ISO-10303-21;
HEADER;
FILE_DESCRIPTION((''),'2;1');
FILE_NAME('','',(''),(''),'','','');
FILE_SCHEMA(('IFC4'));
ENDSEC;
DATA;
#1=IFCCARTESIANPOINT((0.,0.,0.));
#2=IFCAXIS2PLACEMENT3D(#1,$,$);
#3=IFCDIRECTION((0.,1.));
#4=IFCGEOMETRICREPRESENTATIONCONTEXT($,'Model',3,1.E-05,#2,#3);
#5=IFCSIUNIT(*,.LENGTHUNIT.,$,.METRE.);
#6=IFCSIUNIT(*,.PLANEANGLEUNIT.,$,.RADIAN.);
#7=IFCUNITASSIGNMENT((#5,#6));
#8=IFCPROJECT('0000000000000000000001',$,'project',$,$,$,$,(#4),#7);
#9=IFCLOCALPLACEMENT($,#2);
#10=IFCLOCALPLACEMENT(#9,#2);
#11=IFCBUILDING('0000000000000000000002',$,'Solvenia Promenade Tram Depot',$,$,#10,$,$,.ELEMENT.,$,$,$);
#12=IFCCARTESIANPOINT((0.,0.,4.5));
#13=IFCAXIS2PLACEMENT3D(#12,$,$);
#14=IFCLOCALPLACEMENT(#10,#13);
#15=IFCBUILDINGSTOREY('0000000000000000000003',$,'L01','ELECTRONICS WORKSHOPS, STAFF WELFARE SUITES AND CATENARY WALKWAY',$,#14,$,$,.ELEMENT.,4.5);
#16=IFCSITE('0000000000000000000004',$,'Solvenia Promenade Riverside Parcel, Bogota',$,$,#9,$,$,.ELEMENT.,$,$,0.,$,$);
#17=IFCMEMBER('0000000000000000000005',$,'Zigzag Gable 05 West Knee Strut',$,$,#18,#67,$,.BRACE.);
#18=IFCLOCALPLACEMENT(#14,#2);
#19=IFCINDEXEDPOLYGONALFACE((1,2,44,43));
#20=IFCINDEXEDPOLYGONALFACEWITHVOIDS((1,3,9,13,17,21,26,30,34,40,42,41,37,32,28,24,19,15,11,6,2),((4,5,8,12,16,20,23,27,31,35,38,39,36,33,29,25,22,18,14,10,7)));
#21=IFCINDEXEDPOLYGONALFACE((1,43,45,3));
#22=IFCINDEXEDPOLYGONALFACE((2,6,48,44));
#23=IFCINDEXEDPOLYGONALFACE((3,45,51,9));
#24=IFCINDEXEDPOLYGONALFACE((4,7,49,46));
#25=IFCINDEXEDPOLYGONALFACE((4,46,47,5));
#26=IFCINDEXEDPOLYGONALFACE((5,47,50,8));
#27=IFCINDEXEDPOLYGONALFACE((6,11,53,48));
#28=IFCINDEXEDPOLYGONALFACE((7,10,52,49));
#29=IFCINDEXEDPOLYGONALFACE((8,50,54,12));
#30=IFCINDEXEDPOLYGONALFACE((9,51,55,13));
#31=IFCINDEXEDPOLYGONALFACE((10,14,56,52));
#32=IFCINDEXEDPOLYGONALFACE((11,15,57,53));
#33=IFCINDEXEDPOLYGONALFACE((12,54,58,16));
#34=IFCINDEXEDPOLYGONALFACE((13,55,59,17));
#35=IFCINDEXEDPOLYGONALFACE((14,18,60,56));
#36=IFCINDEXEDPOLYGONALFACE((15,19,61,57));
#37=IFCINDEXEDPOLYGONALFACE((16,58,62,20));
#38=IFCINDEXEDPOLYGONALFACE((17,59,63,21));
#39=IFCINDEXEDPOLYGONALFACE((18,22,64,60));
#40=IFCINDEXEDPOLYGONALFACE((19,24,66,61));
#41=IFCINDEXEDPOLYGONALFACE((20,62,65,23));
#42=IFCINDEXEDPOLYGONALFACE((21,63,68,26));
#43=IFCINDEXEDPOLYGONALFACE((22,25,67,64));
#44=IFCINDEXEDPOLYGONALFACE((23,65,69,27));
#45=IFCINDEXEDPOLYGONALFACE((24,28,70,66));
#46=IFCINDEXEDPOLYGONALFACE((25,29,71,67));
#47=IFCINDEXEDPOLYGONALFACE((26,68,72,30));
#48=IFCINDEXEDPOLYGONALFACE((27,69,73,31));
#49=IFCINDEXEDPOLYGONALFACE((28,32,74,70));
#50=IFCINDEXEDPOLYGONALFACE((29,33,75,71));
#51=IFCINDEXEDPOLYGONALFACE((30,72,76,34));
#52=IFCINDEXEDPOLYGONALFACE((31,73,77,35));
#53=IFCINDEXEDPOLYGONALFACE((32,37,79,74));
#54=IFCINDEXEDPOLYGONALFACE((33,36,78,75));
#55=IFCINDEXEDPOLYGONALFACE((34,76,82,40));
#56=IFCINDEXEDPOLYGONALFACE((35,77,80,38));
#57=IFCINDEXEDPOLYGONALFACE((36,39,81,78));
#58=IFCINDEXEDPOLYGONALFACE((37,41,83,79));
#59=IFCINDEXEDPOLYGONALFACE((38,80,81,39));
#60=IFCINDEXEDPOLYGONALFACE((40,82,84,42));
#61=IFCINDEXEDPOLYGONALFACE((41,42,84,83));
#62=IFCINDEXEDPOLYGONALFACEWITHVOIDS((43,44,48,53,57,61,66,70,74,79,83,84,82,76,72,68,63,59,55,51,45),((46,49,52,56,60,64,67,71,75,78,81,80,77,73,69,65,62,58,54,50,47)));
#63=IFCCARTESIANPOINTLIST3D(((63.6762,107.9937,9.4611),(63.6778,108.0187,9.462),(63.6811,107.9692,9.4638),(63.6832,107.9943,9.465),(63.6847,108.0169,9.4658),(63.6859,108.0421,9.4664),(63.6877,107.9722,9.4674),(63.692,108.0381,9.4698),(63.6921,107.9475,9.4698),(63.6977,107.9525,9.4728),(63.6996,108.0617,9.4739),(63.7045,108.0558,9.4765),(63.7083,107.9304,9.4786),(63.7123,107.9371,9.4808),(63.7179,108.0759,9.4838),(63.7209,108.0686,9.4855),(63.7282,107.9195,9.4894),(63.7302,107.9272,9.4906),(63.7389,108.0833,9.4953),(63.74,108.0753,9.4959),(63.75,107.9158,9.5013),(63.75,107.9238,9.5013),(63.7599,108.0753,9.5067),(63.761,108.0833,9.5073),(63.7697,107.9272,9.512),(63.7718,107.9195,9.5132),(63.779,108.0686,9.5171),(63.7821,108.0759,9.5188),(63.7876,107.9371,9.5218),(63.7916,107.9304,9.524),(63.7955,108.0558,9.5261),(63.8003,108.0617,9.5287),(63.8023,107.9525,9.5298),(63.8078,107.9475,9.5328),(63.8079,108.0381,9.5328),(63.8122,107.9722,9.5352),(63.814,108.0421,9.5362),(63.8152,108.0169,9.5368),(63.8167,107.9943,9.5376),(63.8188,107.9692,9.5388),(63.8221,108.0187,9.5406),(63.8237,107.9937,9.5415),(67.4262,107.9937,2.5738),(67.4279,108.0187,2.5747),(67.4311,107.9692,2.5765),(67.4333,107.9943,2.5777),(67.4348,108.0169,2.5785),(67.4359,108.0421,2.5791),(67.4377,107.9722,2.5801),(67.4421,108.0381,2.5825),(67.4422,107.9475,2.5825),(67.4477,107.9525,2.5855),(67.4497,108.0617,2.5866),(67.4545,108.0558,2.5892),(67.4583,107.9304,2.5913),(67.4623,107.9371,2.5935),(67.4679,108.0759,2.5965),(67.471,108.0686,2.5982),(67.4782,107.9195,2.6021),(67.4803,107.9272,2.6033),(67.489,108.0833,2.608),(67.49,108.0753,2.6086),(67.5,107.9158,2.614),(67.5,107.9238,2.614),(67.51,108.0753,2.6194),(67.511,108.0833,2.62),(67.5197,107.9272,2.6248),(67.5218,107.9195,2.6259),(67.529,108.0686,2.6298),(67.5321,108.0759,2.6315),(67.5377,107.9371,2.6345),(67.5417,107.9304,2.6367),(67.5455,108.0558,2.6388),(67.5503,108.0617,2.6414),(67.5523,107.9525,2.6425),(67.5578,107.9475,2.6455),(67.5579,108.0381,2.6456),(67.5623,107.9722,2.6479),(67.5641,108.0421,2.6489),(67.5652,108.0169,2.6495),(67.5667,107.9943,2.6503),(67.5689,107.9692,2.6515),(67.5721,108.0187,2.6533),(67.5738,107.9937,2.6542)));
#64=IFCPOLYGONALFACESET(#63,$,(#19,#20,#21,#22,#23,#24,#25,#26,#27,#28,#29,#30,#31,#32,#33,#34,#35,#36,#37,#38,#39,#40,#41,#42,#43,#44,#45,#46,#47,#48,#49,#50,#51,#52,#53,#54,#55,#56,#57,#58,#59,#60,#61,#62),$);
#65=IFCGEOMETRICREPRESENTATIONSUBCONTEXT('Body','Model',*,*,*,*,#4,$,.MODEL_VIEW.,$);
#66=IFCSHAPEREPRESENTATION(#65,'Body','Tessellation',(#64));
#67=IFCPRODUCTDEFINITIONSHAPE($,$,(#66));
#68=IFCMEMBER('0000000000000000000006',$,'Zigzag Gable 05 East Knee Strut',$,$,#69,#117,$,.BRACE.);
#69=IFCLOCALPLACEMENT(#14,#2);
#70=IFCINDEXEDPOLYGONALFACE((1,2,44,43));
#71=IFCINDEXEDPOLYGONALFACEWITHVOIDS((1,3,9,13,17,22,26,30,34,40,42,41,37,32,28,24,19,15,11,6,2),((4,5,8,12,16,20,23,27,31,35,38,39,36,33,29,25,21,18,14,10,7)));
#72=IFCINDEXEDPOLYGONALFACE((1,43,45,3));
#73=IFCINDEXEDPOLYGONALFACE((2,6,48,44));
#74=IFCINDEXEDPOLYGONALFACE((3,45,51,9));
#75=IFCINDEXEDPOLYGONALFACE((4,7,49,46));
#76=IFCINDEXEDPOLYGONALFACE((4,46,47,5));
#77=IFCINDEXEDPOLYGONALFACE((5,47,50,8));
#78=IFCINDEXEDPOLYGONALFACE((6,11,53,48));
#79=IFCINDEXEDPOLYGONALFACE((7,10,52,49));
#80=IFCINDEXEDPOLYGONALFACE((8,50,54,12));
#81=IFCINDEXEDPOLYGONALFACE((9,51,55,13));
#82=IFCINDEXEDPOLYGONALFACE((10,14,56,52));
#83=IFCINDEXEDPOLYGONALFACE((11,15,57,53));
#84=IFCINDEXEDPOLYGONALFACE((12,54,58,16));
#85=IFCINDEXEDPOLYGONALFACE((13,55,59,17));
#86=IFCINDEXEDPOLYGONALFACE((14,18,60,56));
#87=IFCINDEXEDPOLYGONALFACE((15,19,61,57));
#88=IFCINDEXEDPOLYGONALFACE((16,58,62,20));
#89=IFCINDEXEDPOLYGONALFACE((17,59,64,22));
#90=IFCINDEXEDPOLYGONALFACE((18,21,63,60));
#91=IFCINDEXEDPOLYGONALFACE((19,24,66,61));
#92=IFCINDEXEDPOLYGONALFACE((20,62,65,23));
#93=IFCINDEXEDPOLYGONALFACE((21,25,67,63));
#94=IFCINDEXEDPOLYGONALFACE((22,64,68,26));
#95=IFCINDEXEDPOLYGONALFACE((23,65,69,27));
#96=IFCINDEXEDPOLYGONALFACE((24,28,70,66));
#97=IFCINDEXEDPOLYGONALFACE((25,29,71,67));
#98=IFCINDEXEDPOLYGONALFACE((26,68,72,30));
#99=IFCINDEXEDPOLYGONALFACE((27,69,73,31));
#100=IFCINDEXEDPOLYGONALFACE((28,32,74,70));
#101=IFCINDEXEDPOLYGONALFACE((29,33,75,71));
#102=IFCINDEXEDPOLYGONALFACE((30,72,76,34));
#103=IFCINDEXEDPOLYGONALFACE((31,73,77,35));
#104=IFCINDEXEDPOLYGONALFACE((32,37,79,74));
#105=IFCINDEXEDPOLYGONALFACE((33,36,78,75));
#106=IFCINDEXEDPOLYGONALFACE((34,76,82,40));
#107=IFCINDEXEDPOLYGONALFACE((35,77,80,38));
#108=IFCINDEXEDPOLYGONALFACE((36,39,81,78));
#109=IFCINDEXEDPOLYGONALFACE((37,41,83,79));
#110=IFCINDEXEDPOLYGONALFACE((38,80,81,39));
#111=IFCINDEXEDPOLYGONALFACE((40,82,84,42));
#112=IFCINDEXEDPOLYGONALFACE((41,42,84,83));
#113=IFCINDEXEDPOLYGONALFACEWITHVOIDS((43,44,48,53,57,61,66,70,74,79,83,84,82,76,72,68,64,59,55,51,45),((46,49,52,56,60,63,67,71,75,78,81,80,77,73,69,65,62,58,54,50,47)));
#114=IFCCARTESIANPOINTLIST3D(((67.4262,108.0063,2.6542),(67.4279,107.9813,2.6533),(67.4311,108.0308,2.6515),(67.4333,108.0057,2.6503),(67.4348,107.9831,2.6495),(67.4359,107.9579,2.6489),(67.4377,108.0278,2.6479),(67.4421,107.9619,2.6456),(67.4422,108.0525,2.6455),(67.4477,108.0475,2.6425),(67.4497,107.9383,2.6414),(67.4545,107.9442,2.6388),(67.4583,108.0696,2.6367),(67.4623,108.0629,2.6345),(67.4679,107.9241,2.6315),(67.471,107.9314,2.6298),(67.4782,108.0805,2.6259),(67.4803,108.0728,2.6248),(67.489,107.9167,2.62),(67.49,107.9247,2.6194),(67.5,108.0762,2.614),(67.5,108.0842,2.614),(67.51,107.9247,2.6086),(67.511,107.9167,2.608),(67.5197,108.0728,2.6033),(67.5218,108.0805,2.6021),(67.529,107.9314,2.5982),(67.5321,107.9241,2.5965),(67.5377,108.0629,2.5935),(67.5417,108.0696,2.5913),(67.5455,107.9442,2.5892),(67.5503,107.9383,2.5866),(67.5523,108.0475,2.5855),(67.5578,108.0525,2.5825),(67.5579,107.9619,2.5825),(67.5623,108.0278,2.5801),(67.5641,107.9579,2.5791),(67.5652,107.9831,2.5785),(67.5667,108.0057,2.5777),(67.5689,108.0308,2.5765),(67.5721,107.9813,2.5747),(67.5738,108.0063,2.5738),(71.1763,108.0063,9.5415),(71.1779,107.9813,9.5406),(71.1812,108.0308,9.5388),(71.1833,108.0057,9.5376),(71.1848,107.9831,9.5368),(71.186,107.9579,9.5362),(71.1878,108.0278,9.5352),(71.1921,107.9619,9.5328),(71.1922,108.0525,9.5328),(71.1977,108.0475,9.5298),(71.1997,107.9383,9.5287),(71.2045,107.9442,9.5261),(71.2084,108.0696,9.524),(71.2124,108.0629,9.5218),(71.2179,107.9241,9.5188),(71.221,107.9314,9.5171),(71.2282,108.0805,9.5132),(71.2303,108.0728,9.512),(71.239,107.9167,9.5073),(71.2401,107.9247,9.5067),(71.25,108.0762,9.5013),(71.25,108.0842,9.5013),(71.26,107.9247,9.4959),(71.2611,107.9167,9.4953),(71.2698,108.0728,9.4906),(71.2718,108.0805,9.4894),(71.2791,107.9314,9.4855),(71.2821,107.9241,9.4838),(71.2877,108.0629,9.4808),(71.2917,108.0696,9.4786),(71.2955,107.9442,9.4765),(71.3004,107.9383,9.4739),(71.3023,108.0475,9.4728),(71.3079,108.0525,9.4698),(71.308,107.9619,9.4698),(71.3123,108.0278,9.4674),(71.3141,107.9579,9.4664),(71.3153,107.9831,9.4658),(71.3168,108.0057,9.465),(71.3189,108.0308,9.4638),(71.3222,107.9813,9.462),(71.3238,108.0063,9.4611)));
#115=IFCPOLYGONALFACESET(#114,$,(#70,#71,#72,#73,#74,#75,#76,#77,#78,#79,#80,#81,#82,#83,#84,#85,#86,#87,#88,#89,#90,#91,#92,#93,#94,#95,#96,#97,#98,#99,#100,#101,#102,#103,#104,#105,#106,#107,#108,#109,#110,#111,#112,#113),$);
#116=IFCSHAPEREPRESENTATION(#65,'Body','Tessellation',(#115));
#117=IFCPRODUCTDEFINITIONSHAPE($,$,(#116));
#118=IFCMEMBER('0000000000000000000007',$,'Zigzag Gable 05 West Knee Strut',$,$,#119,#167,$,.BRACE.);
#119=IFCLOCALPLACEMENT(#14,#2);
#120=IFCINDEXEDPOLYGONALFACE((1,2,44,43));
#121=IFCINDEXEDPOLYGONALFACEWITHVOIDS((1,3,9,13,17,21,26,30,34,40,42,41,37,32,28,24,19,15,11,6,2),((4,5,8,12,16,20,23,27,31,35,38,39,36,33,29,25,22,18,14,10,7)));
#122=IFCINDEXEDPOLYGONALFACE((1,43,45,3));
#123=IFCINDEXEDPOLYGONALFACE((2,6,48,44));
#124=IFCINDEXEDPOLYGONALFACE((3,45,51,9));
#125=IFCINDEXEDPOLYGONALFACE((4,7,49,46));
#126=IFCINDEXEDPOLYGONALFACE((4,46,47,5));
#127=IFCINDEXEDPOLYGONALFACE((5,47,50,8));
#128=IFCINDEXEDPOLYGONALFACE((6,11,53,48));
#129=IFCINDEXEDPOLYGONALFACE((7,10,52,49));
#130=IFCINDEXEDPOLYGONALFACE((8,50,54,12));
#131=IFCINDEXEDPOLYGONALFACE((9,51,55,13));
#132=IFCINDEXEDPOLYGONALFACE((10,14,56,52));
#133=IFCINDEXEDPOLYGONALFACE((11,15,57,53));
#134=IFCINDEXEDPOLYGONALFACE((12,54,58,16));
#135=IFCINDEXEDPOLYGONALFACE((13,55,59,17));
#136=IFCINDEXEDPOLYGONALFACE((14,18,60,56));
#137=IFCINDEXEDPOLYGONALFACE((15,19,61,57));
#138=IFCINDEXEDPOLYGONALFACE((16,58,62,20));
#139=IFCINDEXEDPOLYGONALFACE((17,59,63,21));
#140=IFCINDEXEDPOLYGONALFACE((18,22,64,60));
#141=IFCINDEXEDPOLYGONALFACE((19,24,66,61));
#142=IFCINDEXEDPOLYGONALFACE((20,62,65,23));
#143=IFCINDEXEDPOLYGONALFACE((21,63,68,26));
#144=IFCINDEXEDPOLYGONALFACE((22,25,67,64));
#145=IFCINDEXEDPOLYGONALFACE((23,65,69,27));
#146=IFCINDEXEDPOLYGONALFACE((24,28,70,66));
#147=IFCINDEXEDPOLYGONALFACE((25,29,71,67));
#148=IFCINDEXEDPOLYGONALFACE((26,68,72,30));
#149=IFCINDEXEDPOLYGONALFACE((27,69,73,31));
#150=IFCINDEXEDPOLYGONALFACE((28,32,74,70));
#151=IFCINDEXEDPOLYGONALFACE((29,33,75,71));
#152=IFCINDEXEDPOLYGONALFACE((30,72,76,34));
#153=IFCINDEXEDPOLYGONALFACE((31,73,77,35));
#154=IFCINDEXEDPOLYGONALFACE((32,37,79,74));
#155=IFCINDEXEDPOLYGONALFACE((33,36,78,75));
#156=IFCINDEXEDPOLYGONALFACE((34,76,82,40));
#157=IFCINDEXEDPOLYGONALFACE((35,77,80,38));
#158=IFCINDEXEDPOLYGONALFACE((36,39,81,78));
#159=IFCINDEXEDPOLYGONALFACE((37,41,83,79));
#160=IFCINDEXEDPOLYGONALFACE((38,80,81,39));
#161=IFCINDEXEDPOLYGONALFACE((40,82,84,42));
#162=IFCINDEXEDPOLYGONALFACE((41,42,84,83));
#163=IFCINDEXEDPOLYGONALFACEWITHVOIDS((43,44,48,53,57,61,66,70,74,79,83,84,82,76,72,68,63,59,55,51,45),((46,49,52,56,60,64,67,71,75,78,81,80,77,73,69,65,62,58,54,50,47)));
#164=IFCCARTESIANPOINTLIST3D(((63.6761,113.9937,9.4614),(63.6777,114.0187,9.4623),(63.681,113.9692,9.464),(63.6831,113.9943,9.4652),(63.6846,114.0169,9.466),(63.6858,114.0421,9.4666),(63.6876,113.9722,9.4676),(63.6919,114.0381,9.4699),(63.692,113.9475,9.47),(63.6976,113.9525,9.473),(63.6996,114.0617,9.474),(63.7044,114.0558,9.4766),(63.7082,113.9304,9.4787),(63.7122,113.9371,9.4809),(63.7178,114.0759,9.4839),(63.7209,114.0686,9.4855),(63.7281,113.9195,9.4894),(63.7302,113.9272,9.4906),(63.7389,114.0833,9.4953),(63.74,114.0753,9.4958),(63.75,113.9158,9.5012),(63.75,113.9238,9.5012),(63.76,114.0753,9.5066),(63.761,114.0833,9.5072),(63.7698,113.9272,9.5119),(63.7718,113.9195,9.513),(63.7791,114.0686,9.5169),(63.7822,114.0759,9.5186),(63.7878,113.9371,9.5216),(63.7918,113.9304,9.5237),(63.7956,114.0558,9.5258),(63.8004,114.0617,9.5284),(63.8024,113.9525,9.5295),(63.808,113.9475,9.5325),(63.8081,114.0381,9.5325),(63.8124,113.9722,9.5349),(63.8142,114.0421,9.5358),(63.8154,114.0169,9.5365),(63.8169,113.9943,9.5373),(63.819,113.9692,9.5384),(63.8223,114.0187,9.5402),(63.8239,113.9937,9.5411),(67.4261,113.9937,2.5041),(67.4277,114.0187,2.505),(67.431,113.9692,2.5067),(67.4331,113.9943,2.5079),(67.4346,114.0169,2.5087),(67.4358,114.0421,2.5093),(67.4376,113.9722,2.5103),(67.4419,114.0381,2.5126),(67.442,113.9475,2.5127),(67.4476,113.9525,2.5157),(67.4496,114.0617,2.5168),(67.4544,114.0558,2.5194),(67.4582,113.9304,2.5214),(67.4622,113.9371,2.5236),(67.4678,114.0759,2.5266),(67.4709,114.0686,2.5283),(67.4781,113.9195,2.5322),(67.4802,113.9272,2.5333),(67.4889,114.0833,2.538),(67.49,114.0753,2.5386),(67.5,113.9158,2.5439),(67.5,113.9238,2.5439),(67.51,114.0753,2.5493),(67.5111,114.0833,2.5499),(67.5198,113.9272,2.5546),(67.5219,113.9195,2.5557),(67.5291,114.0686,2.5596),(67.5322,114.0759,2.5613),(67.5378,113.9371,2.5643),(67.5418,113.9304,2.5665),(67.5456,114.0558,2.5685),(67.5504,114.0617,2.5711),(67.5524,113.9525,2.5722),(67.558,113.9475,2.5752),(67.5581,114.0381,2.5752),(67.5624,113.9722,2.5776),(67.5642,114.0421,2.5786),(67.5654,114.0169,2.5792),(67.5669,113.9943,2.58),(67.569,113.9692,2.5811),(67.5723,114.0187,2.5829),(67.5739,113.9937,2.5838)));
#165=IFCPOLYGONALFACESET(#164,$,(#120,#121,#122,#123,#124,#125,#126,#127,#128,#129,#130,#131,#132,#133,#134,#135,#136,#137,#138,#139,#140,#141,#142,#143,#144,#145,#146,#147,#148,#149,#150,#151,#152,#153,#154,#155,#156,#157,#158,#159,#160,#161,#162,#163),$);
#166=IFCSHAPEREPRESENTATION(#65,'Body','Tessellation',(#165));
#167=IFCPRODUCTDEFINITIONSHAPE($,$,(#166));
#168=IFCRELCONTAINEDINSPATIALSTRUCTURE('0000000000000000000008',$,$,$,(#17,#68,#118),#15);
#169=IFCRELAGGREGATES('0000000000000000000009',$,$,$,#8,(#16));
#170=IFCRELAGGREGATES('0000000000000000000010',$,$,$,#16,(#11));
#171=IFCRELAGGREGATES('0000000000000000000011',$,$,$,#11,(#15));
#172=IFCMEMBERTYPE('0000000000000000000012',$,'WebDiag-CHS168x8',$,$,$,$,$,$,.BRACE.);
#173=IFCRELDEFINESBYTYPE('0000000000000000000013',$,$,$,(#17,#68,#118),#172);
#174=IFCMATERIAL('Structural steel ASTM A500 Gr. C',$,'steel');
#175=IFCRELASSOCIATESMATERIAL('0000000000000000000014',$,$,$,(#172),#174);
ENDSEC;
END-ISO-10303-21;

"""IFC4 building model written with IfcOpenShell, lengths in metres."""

from ifc_helpers import new_model, si_unit, direction, frame, origin, origin_2d, place, context, subcontext, project, spatial, hollow_circle, extrude, material, material_profile, profile_set, type_object, element, save


model = new_model("IFC4")

# Units and contexts
model_context = context("Model", 3, precision=1e-05, world=origin(), true_north=direction((0.0, 1.0)))
body_context = subcontext(model_context, "Body", "Model", "MODEL_VIEW")
ifc_project = project(units=[si_unit("LENGTHUNIT", "METRE"), si_unit("PLANEANGLEUNIT", "RADIAN")], contexts=[model_context])

# Site, building, storey
site_placement = place(None, origin())
site = spatial("IfcSite", under=ifc_project, at=site_placement, Name="Solvenia Promenade Riverside Parcel, Bogota", CompositionType="ELEMENT", RefElevation=0.0)
building_placement = place(site_placement, origin())
building = spatial("IfcBuilding", under=site, at=building_placement, Name="Solvenia Promenade Tram Depot", CompositionType="ELEMENT")
storey_placement = place(building_placement, frame((0.0, 0.0, 4.5)))
storey = spatial("IfcBuildingStorey", under=building, at=storey_placement, Name="L01", Description="ELECTRONICS WORKSHOPS, STAFF WELFARE SUITES AND CATENARY WALKWAY", CompositionType="ELEMENT", Elevation=4.5)

# Shared definitions
ifc_material_1 = material(Name="Structural steel ASTM A500 Gr. C", Category="steel")

# Members
ifc_material_profile_1 = material_profile(ifc_material_1, hollow_circle(Radius=0.0842, WallThickness=0.0081, at=origin_2d()), Name="CHS168.3x8", Category="steel")
ifc_profile_set_1 = profile_set([ifc_material_profile_1], Name="Structural steel ASTM A500 Gr. C")
member_type_1 = type_object("IfcMemberType", Name="WebDiag-CHS168x8", PredefinedType="BRACE", material=ifc_profile_set_1)
for number, where, z_axis, x_axis, name in (
    (1, (67.5, 108.0, 2.614), (-0.478198, 0.0, 0.878252), (0.0, -1.0, 0.0), "Zigzag Gable 05 West Knee Strut"),
    (2, (67.5, 108.0, 2.614), (0.478198, 0.0, 0.878252), (0.0, 1.0, 0.0), "Zigzag Gable 05 East Knee Strut"),
):
    element("IfcMember", number, at=place(storey_placement, frame(where, z_axis=z_axis, x_axis=x_axis)), inside=storey, type_object=member_type_1, Name=name, PredefinedType="BRACE", context=body_context, shape_type="SweptSolid", body=[
        extrude(hollow_circle(Radius=0.0842, WallThickness=0.0081, at=origin_2d()), origin(), (0.0, 0.0, 1.0), 7.842),
    ])
for number, where, z_axis, x_axis, name in (
    (3, (67.5, 114.0, 2.5439), (-0.47447, 0.0, 0.880272), (0.0, -1.0, 0.0), "Zigzag Gable 05 West Knee Strut"),
):
    element("IfcMember", number, at=place(storey_placement, frame(where, z_axis=z_axis, x_axis=x_axis)), inside=storey, type_object=member_type_1, Name=name, PredefinedType="BRACE", context=body_context, shape_type="SweptSolid", body=[
        extrude(hollow_circle(Radius=0.0842, WallThickness=0.0081, at=origin_2d()), origin(), (0.0, 0.0, 1.0), 7.9036),
    ])

save(model, "model.ifc")
